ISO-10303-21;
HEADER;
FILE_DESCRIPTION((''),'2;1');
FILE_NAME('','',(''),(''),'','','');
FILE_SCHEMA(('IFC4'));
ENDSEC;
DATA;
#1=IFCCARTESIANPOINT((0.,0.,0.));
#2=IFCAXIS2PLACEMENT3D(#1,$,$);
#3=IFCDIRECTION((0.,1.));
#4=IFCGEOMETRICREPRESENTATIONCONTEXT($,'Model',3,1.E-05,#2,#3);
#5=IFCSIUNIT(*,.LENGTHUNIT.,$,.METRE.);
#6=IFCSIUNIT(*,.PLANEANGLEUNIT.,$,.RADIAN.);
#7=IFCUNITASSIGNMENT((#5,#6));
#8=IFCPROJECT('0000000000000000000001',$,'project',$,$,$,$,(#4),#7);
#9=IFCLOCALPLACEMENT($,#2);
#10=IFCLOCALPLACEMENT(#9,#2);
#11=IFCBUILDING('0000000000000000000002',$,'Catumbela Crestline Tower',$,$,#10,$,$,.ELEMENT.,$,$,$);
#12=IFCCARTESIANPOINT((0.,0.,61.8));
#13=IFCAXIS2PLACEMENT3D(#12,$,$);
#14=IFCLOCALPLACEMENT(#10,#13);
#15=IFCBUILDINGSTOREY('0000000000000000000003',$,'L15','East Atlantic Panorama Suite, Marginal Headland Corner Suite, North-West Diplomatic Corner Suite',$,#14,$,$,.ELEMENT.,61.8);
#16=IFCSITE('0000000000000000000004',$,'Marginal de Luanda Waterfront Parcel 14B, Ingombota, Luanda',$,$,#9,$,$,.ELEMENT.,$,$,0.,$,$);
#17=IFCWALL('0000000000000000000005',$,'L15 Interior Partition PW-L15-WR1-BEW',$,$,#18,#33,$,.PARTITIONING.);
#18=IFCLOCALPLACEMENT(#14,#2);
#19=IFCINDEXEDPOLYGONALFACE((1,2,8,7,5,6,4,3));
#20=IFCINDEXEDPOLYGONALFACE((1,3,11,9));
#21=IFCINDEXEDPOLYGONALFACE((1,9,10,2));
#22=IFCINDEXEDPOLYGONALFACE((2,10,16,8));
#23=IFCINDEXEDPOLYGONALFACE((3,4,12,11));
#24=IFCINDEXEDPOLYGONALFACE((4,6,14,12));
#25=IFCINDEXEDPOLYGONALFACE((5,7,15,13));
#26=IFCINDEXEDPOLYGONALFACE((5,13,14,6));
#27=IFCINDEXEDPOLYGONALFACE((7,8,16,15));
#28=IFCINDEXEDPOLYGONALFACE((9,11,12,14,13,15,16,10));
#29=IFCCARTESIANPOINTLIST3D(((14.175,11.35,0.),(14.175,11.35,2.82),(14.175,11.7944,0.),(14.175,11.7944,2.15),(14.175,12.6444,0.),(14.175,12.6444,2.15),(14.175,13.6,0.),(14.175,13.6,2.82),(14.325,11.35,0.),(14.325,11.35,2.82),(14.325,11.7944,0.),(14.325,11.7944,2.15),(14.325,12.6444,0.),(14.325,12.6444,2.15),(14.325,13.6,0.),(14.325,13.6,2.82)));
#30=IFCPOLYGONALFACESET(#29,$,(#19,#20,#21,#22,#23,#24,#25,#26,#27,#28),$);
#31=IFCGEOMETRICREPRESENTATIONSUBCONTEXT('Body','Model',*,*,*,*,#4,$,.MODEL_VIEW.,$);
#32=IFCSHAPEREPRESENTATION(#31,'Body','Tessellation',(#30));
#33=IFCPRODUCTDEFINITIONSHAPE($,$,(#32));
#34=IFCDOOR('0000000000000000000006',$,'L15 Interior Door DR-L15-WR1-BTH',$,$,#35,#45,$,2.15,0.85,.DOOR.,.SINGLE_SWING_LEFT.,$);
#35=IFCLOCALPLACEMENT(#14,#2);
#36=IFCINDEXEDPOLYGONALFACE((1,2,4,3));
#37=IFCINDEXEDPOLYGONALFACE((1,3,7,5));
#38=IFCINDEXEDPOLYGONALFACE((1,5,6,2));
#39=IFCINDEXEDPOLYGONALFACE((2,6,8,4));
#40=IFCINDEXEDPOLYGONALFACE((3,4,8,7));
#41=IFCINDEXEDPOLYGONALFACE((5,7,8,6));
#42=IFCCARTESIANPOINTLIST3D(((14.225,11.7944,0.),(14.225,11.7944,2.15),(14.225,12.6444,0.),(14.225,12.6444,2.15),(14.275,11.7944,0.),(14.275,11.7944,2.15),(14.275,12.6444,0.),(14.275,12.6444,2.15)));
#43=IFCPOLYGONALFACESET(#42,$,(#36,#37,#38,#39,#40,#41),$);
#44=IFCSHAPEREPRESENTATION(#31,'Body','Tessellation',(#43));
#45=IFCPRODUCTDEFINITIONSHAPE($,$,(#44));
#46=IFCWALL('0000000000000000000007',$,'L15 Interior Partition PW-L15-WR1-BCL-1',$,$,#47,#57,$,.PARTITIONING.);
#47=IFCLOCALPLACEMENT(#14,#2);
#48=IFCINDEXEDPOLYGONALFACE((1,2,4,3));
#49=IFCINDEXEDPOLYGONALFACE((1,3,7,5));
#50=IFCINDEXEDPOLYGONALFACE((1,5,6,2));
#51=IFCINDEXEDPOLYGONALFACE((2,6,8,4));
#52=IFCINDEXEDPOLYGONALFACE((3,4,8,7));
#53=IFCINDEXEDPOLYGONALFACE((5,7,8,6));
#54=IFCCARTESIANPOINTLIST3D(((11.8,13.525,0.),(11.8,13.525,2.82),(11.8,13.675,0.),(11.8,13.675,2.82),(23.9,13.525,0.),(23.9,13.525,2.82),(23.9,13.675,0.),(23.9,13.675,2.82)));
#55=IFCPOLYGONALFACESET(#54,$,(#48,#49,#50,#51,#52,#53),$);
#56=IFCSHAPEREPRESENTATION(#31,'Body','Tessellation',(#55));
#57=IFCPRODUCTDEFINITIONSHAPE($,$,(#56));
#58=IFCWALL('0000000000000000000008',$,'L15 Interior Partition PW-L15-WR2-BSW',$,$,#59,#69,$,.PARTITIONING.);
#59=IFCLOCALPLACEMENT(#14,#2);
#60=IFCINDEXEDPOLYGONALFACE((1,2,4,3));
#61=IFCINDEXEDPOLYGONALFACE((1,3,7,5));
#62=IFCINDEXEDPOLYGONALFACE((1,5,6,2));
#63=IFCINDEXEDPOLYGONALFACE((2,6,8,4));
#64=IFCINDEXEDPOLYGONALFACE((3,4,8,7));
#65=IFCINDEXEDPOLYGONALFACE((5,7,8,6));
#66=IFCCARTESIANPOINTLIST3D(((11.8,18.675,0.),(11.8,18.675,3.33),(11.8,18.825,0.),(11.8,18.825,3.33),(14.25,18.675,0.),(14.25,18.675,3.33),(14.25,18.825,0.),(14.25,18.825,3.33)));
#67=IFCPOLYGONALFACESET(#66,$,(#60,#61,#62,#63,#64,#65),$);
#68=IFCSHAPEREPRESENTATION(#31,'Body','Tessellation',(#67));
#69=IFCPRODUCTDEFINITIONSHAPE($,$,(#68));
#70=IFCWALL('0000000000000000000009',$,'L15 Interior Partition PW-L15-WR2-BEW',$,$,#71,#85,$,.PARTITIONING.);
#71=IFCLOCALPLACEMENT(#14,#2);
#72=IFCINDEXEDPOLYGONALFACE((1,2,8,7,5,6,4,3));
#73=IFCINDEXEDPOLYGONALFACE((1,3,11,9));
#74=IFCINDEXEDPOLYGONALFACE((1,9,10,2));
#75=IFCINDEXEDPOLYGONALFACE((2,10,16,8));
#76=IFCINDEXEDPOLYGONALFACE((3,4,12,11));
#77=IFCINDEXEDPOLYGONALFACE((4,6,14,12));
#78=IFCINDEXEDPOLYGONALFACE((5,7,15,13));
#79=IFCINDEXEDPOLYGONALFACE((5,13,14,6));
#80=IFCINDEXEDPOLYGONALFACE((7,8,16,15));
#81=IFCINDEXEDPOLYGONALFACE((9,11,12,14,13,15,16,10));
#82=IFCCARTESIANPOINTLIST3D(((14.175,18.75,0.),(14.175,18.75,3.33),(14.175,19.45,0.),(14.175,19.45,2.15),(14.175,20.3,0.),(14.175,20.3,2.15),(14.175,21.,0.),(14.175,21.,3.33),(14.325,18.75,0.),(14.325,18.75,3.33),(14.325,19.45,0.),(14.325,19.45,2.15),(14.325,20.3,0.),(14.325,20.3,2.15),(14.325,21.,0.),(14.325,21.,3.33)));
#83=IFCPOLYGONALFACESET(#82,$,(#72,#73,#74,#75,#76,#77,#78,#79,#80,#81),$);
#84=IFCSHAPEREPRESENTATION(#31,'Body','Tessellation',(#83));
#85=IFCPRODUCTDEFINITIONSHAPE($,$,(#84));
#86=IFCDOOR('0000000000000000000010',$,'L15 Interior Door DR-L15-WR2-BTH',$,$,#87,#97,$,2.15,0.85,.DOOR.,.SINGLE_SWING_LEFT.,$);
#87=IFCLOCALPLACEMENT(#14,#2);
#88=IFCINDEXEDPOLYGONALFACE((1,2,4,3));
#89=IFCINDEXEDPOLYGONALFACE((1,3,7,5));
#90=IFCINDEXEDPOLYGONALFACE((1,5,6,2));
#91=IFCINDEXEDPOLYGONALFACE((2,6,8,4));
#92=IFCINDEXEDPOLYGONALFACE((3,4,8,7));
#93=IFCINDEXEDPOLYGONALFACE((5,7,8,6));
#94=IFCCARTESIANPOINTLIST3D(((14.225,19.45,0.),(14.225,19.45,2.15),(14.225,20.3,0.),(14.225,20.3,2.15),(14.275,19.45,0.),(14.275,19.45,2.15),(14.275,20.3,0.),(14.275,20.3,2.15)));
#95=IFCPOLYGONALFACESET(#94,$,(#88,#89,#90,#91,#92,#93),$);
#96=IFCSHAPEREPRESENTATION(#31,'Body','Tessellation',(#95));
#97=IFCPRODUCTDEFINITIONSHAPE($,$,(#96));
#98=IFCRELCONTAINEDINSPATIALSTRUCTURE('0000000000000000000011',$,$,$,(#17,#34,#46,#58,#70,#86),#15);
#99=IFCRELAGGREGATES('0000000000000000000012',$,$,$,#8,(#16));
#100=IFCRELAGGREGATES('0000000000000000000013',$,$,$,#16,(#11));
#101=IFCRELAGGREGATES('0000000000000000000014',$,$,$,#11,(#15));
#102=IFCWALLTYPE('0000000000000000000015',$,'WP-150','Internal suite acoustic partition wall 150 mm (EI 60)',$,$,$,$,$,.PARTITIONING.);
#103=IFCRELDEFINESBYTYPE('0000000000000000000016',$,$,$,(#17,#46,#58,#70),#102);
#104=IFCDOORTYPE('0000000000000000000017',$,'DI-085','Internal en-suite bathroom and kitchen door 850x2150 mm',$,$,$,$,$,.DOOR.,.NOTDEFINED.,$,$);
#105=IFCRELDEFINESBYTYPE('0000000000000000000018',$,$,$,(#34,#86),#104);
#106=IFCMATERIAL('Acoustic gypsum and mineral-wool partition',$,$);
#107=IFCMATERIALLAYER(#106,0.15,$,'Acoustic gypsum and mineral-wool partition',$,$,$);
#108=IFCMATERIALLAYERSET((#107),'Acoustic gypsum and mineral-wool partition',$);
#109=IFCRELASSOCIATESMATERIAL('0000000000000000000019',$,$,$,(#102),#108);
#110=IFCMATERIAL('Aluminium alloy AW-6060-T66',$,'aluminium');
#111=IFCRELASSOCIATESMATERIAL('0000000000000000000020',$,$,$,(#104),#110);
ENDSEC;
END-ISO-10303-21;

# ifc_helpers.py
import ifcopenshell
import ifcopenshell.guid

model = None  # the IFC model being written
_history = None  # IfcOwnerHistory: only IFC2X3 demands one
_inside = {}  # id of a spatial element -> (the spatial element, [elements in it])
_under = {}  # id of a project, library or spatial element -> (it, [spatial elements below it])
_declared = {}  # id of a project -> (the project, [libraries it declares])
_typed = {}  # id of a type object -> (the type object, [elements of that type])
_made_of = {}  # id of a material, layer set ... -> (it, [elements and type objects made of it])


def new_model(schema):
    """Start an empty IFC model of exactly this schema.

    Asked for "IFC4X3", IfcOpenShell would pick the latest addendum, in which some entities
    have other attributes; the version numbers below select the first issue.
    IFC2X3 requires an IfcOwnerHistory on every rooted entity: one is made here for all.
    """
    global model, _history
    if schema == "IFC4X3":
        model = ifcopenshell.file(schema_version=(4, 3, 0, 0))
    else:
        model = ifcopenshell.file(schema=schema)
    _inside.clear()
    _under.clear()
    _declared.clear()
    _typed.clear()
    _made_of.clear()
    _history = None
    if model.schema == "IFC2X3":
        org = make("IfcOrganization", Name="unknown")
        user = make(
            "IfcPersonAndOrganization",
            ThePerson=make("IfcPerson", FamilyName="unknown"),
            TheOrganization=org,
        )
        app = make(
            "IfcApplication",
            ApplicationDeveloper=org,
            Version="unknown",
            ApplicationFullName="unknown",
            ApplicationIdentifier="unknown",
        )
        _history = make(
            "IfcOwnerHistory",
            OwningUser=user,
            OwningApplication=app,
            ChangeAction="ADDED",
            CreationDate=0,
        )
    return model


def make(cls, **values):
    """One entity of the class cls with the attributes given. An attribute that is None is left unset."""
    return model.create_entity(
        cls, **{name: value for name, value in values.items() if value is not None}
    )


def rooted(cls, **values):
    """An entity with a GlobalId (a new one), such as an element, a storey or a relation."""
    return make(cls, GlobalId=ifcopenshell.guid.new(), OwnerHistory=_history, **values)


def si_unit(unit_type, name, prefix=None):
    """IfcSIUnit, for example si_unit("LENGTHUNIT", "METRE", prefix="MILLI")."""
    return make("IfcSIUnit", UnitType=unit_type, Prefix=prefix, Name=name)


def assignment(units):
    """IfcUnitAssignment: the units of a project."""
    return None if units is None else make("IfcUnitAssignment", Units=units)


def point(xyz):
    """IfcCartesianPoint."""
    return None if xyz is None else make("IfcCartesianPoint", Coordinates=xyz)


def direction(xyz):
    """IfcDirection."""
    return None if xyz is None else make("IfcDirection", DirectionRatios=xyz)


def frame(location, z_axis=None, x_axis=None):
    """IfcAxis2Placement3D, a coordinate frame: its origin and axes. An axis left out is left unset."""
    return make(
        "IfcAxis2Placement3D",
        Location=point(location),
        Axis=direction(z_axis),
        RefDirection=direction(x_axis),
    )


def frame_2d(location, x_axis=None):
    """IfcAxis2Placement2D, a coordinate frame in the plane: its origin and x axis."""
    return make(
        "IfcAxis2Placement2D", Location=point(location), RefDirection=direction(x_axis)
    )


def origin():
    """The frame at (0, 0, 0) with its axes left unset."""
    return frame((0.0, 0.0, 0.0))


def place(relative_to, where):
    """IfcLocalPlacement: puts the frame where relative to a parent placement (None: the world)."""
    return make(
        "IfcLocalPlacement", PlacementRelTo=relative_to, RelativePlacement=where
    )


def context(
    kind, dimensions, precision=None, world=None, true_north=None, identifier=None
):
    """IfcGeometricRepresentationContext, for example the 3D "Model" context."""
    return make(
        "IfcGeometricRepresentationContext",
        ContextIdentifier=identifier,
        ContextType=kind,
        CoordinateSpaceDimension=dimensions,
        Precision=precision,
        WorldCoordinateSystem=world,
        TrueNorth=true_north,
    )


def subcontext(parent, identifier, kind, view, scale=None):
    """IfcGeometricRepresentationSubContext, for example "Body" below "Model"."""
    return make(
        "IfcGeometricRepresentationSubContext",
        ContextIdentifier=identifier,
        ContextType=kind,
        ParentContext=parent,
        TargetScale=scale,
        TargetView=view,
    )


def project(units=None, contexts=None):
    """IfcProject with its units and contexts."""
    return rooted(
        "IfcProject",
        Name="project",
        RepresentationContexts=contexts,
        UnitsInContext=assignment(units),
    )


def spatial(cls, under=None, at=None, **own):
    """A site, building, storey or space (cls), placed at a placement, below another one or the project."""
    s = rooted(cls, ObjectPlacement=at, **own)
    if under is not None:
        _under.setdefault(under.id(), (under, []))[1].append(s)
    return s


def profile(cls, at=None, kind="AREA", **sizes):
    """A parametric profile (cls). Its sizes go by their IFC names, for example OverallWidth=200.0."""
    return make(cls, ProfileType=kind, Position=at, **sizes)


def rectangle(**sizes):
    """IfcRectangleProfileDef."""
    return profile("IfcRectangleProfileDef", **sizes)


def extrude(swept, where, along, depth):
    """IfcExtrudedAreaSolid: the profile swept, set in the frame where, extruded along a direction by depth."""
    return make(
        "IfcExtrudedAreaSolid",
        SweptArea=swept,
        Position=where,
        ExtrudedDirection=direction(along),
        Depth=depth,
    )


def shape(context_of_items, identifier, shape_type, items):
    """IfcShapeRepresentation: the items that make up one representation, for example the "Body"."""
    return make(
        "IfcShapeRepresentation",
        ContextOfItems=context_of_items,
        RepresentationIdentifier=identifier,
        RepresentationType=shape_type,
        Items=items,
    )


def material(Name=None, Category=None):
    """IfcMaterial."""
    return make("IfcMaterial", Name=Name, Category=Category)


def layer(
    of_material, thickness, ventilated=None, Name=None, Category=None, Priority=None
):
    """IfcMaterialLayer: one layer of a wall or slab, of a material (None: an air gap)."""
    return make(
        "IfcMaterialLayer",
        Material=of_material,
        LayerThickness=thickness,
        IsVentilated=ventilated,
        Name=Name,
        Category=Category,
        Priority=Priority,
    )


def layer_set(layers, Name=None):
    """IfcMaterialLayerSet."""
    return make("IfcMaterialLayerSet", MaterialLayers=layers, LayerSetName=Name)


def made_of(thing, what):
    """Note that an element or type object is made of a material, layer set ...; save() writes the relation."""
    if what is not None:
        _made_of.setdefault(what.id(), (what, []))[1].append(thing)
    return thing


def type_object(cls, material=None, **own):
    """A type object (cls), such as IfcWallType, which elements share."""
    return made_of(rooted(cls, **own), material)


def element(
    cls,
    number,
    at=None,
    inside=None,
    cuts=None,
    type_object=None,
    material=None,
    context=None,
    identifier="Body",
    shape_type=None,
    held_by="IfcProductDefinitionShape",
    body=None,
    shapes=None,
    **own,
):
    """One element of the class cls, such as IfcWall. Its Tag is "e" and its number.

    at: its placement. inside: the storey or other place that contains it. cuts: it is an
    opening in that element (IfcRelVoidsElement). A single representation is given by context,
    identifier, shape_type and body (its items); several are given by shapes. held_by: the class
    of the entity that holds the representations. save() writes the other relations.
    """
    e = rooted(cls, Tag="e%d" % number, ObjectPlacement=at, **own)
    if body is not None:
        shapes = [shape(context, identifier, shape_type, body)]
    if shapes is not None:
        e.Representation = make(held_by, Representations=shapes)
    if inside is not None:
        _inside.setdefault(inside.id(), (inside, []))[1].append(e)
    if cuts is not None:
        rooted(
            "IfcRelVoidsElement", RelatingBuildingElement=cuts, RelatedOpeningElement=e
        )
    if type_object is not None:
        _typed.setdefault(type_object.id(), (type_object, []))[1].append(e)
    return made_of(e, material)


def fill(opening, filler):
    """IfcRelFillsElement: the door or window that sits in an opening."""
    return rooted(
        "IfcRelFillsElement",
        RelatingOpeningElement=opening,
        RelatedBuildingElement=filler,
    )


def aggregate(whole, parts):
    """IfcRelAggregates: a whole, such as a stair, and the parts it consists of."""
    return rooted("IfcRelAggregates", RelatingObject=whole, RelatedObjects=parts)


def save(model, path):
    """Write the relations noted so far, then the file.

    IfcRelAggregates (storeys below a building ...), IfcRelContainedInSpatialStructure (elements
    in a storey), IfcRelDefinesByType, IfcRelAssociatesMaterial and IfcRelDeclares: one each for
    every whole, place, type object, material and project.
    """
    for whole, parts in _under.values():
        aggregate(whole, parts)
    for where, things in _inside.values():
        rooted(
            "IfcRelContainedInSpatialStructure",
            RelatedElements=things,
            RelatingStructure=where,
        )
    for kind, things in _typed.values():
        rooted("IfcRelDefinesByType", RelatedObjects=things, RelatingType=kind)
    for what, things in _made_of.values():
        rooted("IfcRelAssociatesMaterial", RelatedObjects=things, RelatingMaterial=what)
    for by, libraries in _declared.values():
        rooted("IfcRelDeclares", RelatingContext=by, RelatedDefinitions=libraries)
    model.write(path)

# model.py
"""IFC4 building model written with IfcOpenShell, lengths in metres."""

from ifc_helpers import new_model, si_unit, direction, frame, frame_2d, origin, place, context, subcontext, project, spatial, rectangle, extrude, material, layer, layer_set, type_object, element, fill, save


model = new_model("IFC4")

# Units and contexts
model_context = context("Model", 3, precision=1e-05, world=origin(), true_north=direction((0.0, 1.0)))
body_context = subcontext(model_context, "Body", "Model", "MODEL_VIEW")
ifc_project = project(units=[si_unit("LENGTHUNIT", "METRE"), si_unit("PLANEANGLEUNIT", "RADIAN")], contexts=[model_context])

# Site, building, storey
site_placement = place(None, origin())
site = spatial("IfcSite", under=ifc_project, at=site_placement, Name="Marginal de Luanda Waterfront Parcel 14B, Ingombota, Luanda", CompositionType="ELEMENT", RefElevation=0.0)
building_placement = place(site_placement, origin())
building = spatial("IfcBuilding", under=site, at=building_placement, Name="Catumbela Crestline Tower", CompositionType="ELEMENT")
storey_placement = place(building_placement, frame((0.0, 0.0, 61.8)))
storey = spatial("IfcBuildingStorey", under=building, at=storey_placement, Name="L15", Description="East Atlantic Panorama Suite, Marginal Headland Corner Suite, North-West Diplomatic Corner Suite", CompositionType="ELEMENT", Elevation=61.8)

# Shared definitions
ifc_material_1 = material(Name="Acoustic gypsum and mineral-wool partition")
ifc_layer = layer(ifc_material_1, 0.15, Name="Acoustic gypsum and mineral-wool partition")
ifc_layer_set = layer_set([ifc_layer], Name="Acoustic gypsum and mineral-wool partition")
wall_type = type_object("IfcWallType", Name="WP-150", Description="Internal suite acoustic partition wall 150 mm (EI 60)", PredefinedType="PARTITIONING", material=ifc_layer_set)

# Wall, opening, door
wall_1_placement = place(storey_placement, frame((14.25, 11.35, 0.0), z_axis=(0.0, 0.0, 1.0), x_axis=(0.0, 1.0, 0.0)))
wall_1 = element("IfcWall", 1, at=wall_1_placement, inside=storey, type_object=wall_type, Name="L15 Interior Partition PW-L15-WR1-BEW", PredefinedType="PARTITIONING", context=body_context, shape_type="SweptSolid", body=[
    extrude(rectangle(XDim=2.25, YDim=0.15, at=frame_2d((1.125, 0.0))), origin(), (0.0, 0.0, 1.0), 2.82),
])
opening_1_placement = place(wall_1_placement, frame((0.4444, 0.0, 0.0)))
opening_1 = element("IfcOpeningElement", 2, at=opening_1_placement, cuts=wall_1, PredefinedType="OPENING", context=body_context, shape_type="SweptSolid", body=[
    extrude(rectangle(XDim=0.85, YDim=2.15, at=frame_2d((0.425, 1.075))), frame((0.0, 0.085, 0.0), z_axis=(0.0, -1.0, 0.0), x_axis=(1.0, 0.0, 0.0)), (0.0, 0.0, 1.0), 0.17),
])
ifc_material_2 = material(Name="Aluminium alloy AW-6060-T66", Category="aluminium")
door_type = type_object("IfcDoorType", Name="DI-085", Description="Internal en-suite bathroom and kitchen door 850x2150 mm", OperationType="NOTDEFINED", PredefinedType="DOOR", material=ifc_material_2)
door_1_placement = place(opening_1_placement, origin())
door_1 = element("IfcDoor", 3, at=door_1_placement, inside=storey, type_object=door_type, Name="L15 Interior Door DR-L15-WR1-BTH", OperationType="SINGLE_SWING_LEFT", OverallHeight=2.15, OverallWidth=0.85, PredefinedType="DOOR", context=body_context, shape_type="SweptSolid", body=[
    extrude(rectangle(XDim=0.85, YDim=2.15, at=frame_2d((0.425, 1.075))), frame((0.0, 0.025, 0.0), z_axis=(0.0, -1.0, 0.0), x_axis=(1.0, 0.0, 0.0)), (0.0, 0.0, 1.0), 0.05),
])
fill(opening_1, door_1)

# Walls
wall_2_placement = place(storey_placement, frame((11.8, 13.6, 0.0), z_axis=(0.0, 0.0, 1.0), x_axis=(1.0, 0.0, 0.0)))
element("IfcWall", 4, at=wall_2_placement, inside=storey, type_object=wall_type, Name="L15 Interior Partition PW-L15-WR1-BCL-1", PredefinedType="PARTITIONING", context=body_context, shape_type="SweptSolid", body=[
    extrude(rectangle(XDim=12.1, YDim=0.15, at=frame_2d((6.05, 0.0))), origin(), (0.0, 0.0, 1.0), 2.82),
])
wall_3_placement = place(storey_placement, frame((11.8, 18.75, 0.0), z_axis=(0.0, 0.0, 1.0), x_axis=(1.0, 0.0, 0.0)))
element("IfcWall", 5, at=wall_3_placement, inside=storey, type_object=wall_type, Name="L15 Interior Partition PW-L15-WR2-BSW", PredefinedType="PARTITIONING", context=body_context, shape_type="SweptSolid", body=[
    extrude(rectangle(XDim=2.45, YDim=0.15, at=frame_2d((1.225, 0.0))), origin(), (0.0, 0.0, 1.0), 3.33),
])

# Wall, opening, door
wall_4_placement = place(storey_placement, frame((14.25, 18.75, 0.0), z_axis=(0.0, 0.0, 1.0), x_axis=(0.0, 1.0, 0.0)))
wall_4 = element("IfcWall", 6, at=wall_4_placement, inside=storey, type_object=wall_type, Name="L15 Interior Partition PW-L15-WR2-BEW", PredefinedType="PARTITIONING", context=body_context, shape_type="SweptSolid", body=[
    extrude(rectangle(XDim=2.25, YDim=0.15, at=frame_2d((1.125, 0.0))), origin(), (0.0, 0.0, 1.0), 3.33),
])
opening_2_placement = place(wall_4_placement, frame((0.7, 0.0, 0.0)))
opening_2 = element("IfcOpeningElement", 7, at=opening_2_placement, cuts=wall_4, PredefinedType="OPENING", context=body_context, shape_type="SweptSolid", body=[
    extrude(rectangle(XDim=0.85, YDim=2.15, at=frame_2d((0.425, 1.075))), frame((0.0, 0.085, 0.0), z_axis=(0.0, -1.0, 0.0), x_axis=(1.0, 0.0, 0.0)), (0.0, 0.0, 1.0), 0.17),
])
door_2_placement = place(opening_2_placement, origin())
door_2 = element("IfcDoor", 8, at=door_2_placement, inside=storey, type_object=door_type, Name="L15 Interior Door DR-L15-WR2-BTH", OperationType="SINGLE_SWING_LEFT", OverallHeight=2.15, OverallWidth=0.85, PredefinedType="DOOR", context=body_context, shape_type="SweptSolid", body=[
    extrude(rectangle(XDim=0.85, YDim=2.15, at=frame_2d((0.425, 1.075))), frame((0.0, 0.025, 0.0), z_axis=(0.0, -1.0, 0.0), x_axis=(1.0, 0.0, 0.0)), (0.0, 0.0, 1.0), 0.05),
])
fill(opening_2, door_2)

save(model, "model.ifc")
